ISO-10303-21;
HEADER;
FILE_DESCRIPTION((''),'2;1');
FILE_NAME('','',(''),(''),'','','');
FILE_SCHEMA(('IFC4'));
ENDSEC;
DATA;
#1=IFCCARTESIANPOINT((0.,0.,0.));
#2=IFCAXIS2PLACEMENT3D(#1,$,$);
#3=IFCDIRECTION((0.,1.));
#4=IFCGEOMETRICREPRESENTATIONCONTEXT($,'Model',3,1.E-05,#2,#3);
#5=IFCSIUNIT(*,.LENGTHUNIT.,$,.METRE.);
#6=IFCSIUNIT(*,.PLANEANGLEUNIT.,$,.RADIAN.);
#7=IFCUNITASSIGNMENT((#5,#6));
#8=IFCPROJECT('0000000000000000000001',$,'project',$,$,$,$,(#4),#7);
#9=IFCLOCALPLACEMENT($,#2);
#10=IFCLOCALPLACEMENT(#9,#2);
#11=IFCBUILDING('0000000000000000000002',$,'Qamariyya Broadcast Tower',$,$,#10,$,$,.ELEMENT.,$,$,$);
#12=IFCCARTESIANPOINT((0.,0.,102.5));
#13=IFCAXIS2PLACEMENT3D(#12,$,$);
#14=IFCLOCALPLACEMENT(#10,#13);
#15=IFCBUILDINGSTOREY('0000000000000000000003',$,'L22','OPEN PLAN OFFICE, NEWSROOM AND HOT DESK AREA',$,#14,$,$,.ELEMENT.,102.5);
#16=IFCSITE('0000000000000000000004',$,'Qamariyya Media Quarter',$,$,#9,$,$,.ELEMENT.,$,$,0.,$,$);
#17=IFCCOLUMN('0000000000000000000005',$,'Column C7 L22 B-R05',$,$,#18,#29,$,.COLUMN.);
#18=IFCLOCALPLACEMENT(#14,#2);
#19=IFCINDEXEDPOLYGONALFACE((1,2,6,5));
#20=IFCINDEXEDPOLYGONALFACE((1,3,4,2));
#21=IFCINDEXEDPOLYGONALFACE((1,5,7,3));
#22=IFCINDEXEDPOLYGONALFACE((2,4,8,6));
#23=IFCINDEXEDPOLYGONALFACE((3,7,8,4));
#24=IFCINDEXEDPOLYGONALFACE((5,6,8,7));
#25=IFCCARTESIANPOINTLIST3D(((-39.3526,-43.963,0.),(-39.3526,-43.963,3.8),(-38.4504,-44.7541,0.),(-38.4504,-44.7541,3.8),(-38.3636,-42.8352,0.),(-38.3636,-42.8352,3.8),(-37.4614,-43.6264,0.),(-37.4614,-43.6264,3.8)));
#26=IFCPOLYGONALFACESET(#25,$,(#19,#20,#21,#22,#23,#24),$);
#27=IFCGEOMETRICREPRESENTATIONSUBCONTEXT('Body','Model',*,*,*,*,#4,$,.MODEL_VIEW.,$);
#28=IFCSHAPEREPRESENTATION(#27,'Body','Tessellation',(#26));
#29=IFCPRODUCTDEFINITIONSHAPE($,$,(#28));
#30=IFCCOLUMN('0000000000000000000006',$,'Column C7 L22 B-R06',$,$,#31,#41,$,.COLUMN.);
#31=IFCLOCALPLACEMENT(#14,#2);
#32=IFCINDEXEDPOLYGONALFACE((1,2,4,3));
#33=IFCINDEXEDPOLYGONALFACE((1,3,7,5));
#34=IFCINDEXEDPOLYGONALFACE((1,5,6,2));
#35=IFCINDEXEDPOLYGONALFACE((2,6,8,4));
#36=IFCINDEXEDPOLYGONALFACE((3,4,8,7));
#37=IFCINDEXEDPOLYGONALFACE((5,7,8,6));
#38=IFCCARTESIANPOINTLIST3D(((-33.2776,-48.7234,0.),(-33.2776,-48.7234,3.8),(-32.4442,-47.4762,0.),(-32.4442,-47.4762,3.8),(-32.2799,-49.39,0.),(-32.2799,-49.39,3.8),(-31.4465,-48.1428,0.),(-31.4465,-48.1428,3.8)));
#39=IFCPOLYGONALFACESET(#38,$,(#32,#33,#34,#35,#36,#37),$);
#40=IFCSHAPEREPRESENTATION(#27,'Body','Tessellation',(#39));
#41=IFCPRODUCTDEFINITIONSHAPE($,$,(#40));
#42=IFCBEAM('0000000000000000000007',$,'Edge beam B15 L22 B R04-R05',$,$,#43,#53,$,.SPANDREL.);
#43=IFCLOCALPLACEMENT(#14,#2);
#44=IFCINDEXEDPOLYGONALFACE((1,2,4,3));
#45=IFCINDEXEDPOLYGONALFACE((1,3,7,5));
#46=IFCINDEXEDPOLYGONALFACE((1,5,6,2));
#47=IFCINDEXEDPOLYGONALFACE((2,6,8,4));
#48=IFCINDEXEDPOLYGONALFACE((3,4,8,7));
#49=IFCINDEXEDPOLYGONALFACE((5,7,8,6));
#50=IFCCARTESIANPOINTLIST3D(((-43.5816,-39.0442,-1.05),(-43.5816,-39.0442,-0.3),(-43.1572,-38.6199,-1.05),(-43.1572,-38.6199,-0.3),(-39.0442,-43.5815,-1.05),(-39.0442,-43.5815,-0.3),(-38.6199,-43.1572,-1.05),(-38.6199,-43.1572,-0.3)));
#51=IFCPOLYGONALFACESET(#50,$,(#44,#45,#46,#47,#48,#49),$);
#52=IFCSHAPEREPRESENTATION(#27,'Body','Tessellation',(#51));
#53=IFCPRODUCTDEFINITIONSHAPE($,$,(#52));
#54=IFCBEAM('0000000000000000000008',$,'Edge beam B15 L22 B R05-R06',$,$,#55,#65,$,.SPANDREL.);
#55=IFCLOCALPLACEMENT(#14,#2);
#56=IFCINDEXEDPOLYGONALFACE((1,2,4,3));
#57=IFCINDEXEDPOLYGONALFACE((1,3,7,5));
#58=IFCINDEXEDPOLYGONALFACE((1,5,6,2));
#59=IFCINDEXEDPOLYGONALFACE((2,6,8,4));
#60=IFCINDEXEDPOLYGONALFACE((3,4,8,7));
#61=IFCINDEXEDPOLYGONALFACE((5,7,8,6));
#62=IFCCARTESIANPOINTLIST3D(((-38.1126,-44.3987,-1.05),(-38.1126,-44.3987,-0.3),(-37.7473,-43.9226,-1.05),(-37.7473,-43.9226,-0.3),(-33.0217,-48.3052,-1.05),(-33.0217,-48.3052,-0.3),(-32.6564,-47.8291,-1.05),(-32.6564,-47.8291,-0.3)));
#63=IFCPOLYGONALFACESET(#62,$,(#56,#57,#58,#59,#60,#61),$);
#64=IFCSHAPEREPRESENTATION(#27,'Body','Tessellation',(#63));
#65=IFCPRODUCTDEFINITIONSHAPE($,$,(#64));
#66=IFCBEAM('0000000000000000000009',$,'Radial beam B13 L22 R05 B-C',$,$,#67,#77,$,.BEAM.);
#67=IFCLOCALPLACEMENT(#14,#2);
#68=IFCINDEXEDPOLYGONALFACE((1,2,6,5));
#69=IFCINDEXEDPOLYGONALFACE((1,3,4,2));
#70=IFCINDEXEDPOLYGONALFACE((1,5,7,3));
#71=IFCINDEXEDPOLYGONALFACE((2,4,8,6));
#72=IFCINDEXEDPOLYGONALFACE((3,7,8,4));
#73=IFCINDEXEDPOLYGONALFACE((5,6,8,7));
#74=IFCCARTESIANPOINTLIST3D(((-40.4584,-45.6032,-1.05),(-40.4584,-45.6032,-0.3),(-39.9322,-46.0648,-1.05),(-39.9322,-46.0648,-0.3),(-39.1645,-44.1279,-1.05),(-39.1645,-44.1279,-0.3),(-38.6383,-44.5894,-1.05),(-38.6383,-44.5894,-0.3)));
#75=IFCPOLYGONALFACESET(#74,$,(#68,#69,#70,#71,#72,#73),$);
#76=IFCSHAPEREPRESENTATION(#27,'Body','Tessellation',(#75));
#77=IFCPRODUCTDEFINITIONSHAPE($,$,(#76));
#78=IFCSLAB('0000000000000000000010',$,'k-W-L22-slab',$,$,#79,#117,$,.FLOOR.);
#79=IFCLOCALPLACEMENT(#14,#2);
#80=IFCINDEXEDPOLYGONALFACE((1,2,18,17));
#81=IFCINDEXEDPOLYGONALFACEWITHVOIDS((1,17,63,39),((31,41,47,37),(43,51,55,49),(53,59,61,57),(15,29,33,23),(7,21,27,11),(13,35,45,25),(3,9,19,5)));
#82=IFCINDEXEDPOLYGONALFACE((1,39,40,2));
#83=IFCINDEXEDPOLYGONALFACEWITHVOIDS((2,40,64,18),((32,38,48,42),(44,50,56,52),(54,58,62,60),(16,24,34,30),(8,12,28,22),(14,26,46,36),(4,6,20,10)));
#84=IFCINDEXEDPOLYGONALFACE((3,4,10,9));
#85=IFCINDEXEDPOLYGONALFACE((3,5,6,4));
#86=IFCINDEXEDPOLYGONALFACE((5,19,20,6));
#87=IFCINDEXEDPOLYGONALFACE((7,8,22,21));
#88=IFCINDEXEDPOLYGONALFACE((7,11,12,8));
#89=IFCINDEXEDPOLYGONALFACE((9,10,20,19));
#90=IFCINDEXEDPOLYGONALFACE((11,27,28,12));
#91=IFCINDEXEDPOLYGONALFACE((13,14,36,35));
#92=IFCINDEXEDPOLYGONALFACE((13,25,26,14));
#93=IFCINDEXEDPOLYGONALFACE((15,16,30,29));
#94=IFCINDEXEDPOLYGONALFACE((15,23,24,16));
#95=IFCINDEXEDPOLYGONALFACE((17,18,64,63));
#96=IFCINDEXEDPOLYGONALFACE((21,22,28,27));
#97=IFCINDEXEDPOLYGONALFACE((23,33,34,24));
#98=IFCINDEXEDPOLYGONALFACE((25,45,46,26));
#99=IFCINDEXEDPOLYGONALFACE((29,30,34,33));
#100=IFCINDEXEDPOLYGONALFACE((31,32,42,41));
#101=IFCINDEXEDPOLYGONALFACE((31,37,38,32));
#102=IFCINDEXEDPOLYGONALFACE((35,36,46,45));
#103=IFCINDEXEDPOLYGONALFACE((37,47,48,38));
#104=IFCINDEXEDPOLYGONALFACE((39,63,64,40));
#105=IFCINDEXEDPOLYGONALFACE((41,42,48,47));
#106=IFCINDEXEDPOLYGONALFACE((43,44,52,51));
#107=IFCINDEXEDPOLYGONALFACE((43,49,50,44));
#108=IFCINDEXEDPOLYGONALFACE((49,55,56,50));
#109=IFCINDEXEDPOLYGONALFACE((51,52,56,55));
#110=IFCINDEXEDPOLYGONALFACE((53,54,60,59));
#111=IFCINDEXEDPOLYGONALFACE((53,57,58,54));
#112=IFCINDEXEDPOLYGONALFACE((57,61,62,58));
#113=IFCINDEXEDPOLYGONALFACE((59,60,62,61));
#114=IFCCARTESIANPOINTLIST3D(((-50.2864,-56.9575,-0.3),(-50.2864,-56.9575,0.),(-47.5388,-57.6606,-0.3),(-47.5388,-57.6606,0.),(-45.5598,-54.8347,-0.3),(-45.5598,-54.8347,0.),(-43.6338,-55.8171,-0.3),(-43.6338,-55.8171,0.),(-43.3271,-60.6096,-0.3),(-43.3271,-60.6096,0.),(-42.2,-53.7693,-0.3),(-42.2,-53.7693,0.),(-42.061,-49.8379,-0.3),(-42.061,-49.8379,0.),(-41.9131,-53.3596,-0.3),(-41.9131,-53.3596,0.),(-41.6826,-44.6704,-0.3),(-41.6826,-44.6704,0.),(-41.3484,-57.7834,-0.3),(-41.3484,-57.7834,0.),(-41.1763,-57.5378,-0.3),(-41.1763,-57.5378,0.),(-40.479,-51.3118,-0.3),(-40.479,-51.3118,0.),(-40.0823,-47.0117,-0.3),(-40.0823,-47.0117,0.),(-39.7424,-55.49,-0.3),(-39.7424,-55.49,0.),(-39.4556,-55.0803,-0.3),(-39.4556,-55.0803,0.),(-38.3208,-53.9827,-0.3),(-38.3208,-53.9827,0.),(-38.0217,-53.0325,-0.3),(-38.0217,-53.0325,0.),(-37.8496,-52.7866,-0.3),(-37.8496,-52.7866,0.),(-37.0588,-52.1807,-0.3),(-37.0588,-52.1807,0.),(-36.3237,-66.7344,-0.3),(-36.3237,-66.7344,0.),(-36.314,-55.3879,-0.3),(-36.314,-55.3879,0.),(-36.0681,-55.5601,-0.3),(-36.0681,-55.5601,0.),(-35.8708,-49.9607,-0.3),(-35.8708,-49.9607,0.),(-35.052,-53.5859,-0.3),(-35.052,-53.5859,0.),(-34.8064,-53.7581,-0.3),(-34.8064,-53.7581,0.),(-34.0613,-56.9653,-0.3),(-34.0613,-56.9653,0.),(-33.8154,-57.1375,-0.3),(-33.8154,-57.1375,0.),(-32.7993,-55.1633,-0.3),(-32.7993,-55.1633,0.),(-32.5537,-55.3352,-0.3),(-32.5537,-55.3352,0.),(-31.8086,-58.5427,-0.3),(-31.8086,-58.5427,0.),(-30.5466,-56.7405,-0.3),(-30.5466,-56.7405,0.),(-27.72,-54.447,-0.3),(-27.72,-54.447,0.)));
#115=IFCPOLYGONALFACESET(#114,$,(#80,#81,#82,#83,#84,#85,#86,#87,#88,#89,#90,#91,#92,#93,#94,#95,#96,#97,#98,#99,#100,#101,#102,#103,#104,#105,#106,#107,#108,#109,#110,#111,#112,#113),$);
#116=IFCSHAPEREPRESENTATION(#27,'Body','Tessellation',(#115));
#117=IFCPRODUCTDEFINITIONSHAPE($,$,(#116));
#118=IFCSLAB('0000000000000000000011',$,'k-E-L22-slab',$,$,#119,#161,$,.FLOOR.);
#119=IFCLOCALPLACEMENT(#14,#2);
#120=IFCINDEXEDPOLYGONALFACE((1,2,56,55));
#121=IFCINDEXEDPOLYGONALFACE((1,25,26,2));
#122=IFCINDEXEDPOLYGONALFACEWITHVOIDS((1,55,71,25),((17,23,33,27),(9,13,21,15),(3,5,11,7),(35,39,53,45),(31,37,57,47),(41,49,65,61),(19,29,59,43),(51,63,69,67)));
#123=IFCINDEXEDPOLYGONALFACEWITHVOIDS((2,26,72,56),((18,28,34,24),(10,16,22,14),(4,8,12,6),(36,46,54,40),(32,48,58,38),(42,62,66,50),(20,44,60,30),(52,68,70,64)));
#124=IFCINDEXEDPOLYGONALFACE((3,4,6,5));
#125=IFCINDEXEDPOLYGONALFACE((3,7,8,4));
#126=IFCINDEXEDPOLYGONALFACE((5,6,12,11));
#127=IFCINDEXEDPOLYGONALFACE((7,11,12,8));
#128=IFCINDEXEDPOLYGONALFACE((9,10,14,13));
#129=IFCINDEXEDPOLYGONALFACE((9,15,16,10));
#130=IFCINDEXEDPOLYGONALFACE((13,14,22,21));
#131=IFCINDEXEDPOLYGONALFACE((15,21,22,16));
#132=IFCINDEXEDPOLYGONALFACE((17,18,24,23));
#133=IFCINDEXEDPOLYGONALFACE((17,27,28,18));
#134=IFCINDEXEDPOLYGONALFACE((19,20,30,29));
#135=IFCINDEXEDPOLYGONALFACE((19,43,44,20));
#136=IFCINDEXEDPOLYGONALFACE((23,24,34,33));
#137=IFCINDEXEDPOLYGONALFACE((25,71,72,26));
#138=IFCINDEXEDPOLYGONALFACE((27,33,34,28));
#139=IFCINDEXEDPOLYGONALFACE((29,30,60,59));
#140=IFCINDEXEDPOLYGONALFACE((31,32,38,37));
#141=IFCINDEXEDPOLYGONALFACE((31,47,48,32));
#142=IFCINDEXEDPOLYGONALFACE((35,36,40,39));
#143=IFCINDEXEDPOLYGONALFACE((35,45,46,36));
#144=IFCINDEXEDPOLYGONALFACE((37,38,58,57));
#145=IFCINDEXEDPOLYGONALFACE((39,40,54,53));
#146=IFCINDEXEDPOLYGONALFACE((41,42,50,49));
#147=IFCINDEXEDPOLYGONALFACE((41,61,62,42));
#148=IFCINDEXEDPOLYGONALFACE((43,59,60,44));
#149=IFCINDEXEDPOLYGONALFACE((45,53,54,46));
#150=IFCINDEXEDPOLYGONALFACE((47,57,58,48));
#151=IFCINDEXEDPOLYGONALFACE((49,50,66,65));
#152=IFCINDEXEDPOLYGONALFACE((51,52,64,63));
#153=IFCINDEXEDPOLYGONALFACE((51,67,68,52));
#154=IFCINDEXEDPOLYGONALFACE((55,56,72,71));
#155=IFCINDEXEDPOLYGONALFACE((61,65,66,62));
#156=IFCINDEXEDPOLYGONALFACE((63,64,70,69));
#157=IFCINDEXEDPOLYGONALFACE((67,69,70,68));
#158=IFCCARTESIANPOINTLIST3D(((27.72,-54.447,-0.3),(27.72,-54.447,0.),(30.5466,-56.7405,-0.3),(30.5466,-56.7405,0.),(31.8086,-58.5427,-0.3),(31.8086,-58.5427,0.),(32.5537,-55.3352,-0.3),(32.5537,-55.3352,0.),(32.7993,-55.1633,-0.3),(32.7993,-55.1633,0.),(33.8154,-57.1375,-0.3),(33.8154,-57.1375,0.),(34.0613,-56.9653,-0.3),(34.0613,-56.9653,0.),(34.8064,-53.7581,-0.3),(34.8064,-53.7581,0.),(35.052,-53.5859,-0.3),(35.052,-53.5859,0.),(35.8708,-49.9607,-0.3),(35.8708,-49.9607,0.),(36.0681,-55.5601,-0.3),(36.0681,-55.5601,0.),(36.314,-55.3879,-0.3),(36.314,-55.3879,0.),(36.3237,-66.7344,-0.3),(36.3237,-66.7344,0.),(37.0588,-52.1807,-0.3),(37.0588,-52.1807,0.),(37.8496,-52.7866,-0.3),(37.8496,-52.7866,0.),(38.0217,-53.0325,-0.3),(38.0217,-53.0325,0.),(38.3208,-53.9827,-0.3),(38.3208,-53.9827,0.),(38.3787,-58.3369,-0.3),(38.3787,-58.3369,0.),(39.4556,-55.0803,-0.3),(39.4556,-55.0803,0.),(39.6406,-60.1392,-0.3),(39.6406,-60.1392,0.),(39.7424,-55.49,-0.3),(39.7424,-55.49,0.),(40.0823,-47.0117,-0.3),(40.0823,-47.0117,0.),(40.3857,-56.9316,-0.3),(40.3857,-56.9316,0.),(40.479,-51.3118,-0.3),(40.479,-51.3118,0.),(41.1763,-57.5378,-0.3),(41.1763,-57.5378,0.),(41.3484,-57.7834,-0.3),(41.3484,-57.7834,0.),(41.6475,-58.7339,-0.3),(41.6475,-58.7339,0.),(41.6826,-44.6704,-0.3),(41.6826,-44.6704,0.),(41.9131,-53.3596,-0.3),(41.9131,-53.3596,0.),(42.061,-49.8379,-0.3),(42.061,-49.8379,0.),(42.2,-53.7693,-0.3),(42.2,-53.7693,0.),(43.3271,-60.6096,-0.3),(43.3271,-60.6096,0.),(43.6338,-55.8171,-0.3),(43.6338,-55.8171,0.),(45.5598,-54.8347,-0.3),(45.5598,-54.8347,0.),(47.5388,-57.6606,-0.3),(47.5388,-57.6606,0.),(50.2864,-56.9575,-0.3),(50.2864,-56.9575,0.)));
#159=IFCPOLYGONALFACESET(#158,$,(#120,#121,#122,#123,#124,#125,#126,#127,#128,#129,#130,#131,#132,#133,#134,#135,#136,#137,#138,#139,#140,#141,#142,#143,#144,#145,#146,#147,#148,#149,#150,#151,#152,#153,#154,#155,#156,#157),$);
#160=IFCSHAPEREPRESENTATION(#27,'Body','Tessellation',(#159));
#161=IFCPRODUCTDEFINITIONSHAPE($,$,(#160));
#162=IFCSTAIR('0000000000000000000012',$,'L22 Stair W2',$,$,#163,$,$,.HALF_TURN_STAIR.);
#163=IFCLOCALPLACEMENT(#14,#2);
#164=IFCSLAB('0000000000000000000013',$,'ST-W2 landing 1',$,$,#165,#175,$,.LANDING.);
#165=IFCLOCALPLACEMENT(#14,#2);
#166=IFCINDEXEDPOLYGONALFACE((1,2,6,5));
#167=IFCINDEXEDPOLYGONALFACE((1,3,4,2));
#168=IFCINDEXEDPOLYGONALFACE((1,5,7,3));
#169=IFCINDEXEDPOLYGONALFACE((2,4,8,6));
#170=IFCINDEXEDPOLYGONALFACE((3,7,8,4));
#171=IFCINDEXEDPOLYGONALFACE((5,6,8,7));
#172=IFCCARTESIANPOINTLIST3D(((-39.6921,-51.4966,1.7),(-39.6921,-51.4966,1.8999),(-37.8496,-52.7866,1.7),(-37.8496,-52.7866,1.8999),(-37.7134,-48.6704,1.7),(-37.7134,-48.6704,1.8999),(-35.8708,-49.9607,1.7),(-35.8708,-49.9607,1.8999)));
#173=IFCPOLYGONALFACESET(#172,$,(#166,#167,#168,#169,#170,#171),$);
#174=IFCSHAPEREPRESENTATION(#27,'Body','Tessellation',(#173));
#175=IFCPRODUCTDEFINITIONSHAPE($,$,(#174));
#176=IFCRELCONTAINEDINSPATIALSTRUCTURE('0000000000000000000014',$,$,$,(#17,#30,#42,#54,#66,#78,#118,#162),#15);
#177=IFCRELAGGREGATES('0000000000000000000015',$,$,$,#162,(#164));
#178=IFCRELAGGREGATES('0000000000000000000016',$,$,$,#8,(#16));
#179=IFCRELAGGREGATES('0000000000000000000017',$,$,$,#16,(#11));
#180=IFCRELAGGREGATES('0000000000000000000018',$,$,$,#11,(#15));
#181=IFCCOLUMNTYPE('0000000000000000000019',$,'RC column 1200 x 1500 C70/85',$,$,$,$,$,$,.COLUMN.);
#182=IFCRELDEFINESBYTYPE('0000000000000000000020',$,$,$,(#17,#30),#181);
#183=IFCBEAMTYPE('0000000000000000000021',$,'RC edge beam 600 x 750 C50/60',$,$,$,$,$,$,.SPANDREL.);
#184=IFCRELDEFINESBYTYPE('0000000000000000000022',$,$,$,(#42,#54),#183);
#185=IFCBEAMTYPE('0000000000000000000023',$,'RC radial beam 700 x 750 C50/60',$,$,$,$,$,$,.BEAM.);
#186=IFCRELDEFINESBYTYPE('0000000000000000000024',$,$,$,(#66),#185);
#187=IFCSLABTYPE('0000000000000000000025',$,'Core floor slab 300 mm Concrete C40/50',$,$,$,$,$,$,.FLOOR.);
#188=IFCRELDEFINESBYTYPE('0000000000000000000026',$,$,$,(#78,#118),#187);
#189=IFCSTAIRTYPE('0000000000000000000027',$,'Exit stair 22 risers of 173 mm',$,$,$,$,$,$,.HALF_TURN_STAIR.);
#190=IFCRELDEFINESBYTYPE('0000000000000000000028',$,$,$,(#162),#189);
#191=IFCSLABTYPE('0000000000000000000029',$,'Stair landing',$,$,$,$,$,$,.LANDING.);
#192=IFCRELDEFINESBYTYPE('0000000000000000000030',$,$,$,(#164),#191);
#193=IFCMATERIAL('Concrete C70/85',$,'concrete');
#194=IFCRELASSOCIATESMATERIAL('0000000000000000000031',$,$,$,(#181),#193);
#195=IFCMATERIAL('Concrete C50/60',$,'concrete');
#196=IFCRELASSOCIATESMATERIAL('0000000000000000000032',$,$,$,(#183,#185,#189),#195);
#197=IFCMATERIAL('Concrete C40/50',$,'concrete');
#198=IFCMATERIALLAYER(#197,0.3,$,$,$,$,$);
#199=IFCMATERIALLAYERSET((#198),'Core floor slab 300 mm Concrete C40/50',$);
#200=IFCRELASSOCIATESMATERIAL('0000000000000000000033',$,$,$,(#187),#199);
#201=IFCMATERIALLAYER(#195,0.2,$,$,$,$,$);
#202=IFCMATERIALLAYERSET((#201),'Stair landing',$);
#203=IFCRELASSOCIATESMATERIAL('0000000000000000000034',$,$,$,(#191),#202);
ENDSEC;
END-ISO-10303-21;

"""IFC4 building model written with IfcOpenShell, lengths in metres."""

from ifc_helpers import new_model, si_unit, direction, frame, origin, origin_2d, place, context, subcontext, project, spatial, polyline, rectangle, outline, extrude, material, layer, layer_set, material_profile, profile_set, type_object, element, aggregate, save


model = new_model("IFC4")

# Units and contexts
model_context = context("Model", 3, precision=1e-05, world=origin(), true_north=direction((0.0, 1.0)))
body_context = subcontext(model_context, "Body", "Model", "MODEL_VIEW")
ifc_project = project(units=[si_unit("LENGTHUNIT", "METRE"), si_unit("PLANEANGLEUNIT", "RADIAN")], contexts=[model_context])

# Site, building, storey
site_placement = place(None, origin())
site = spatial("IfcSite", under=ifc_project, at=site_placement, Name="Qamariyya Media Quarter", CompositionType="ELEMENT", RefElevation=0.0)
building_placement = place(site_placement, origin())
building = spatial("IfcBuilding", under=site, at=building_placement, Name="Qamariyya Broadcast Tower", CompositionType="ELEMENT")
storey_placement = place(building_placement, frame((0.0, 0.0, 102.5)))
storey = spatial("IfcBuildingStorey", under=building, at=storey_placement, Name="L22", Description="OPEN PLAN OFFICE, NEWSROOM AND HOT DESK AREA", CompositionType="ELEMENT", Elevation=102.5)

# Columns
ifc_material_1 = material(Name="Concrete C70/85", Category="concrete")
ifc_material_profile_1 = material_profile(ifc_material_1, rectangle(XDim=1.2, YDim=1.5, at=origin_2d()))
ifc_profile_set_1 = profile_set([ifc_material_profile_1], Name="Concrete C70/85")
column_type = type_object("IfcColumnType", Name="RC column 1200 x 1500 C70/85", PredefinedType="COLUMN", material=ifc_profile_set_1)
for number, where, z_axis, x_axis, name in (
    (1, (-38.407, -43.7947, 0.0), (0.0, 0.0, 1.0), (0.75184, -0.659346, 0.0), "Column C7 L22 B-R05"),
    (2, (-32.3621, -48.4331, 0.0), (0.0, 0.0, 1.0), (0.83147, -0.55557, 0.0), "Column C7 L22 B-R06"),
):
    element("IfcColumn", number, at=place(storey_placement, frame(where, z_axis=z_axis, x_axis=x_axis)), inside=storey, type_object=column_type, Name=name, PredefinedType="COLUMN", context=body_context, shape_type="SweptSolid", body=[
        extrude(rectangle(XDim=1.2, YDim=1.5, at=origin_2d()), origin(), (0.0, 0.0, 1.0), 3.8),
    ])

# Beams
ifc_material_2 = material(Name="Concrete C50/60", Category="concrete")
ifc_material_profile_2 = material_profile(ifc_material_2, rectangle(XDim=0.6001, YDim=0.75, at=origin_2d()))
ifc_profile_set_2 = profile_set([ifc_material_profile_2], Name="Concrete C50/60")
beam_type_1 = type_object("IfcBeamType", Name="RC edge beam 600 x 750 C50/60", PredefinedType="SPANDREL", material=ifc_profile_set_2)
beam_1_placement = place(storey_placement, frame((-43.3694, -38.832, -0.675), z_axis=(0.707107, -0.707107, 0.0), x_axis=(0.707107, 0.707107, 0.0)))
element("IfcBeam", 3, at=beam_1_placement, inside=storey, type_object=beam_type_1, Name="Edge beam B15 L22 B R04-R05", PredefinedType="SPANDREL", context=body_context, shape_type="SweptSolid", body=[
    extrude(rectangle(XDim=0.6001, YDim=0.75, at=origin_2d()), origin(), (0.0, 0.0, 1.0), 6.4167),
])
beam_2_placement = place(storey_placement, frame((-37.9299, -44.1606, -0.675), z_axis=(0.793341, -0.608778, 0.0), x_axis=(0.608778, 0.793341, 0.0)))
element("IfcBeam", 4, at=beam_2_placement, inside=storey, type_object=beam_type_1, Name="Edge beam B15 L22 B R05-R06", PredefinedType="SPANDREL", context=body_context, shape_type="SweptSolid", body=[
    extrude(rectangle(XDim=0.6001, YDim=0.75, at=origin_2d()), origin(), (0.0, 0.0, 1.0), 6.417),
])
ifc_material_profile_3 = material_profile(ifc_material_2, rectangle(XDim=0.7, YDim=0.75, at=origin_2d()))
ifc_profile_set_3 = profile_set([ifc_material_profile_3], Name="Concrete C50/60")
beam_type_2 = type_object("IfcBeamType", Name="RC radial beam 700 x 750 C50/60", PredefinedType="BEAM", material=ifc_profile_set_3)
beam_3_placement = place(storey_placement, frame((-38.9014, -44.3586, -0.675), z_axis=(-0.659376, -0.751813, 0.0), x_axis=(0.751813, -0.659376, 0.0)))
element("IfcBeam", 5, at=beam_3_placement, inside=storey, type_object=beam_type_2, Name="Radial beam B13 L22 R05 B-C", PredefinedType="BEAM", context=body_context, shape_type="SweptSolid", body=[
    extrude(rectangle(XDim=0.7, YDim=0.75, at=origin_2d()), origin(), (0.0, 0.0, 1.0), 1.9624),
])

# Slabs
ifc_material_3 = material(Name="Concrete C40/50", Category="concrete")
ifc_layer_1 = layer(ifc_material_3, 0.3)
ifc_layer_set_1 = layer_set([ifc_layer_1], Name="Core floor slab 300 mm Concrete C40/50")
slab_type_1 = type_object("IfcSlabType", Name="Core floor slab 300 mm Concrete C40/50", PredefinedType="FLOOR", material=ifc_layer_set_1)
slab_1_placement = place(storey_placement, frame((0.0, 0.0, -0.3)))
element("IfcSlab", 6, at=slab_1_placement, inside=storey, type_object=slab_type_1, Name="k-W-L22-slab", PredefinedType="FLOOR", context=body_context, shape_type="SweptSolid", body=[
    extrude(outline(polyline([(-50.2864, -56.9575), (-36.3237, -66.7344), (-27.72, -54.447), (-41.6826, -44.6704), (-50.2864, -56.9575)]), holes=[polyline([(-31.8086, -58.5427), (-33.8154, -57.1375), (-32.5537, -55.3352), (-30.5466, -56.7405), (-31.8086, -58.5427)]), polyline([(-34.0613, -56.9653), (-36.0681, -55.5601), (-34.8064, -53.7581), (-32.7993, -55.1633), (-34.0613, -56.9653)]), polyline([(-36.314, -55.3879), (-38.3208, -53.9827), (-37.0588, -52.1807), (-35.052, -53.5859), (-36.314, -55.3879)]), polyline([(-39.7424, -55.49), (-42.2, -53.7693), (-43.6338, -55.8171), (-41.1763, -57.5378), (-39.7424, -55.49)]), polyline([(-39.4556, -55.0803), (-41.9131, -53.3596), (-40.479, -51.3118), (-38.0217, -53.0325), (-39.4556, -55.0803)]), polyline([(-42.061, -49.8379), (-37.8496, -52.7866), (-35.8708, -49.9607), (-40.0823, -47.0117), (-42.061, -49.8379)]), polyline([(-47.5388, -57.6606), (-43.3271, -60.6096), (-41.3484, -57.7834), (-45.5598, -54.8347), (-47.5388, -57.6606)])]), origin(), (0.0, 0.0, 1.0), 0.3),
])
slab_2_placement = place(storey_placement, frame((0.0, 0.0, -0.3)))
element("IfcSlab", 7, at=slab_2_placement, inside=storey, type_object=slab_type_1, Name="k-E-L22-slab", PredefinedType="FLOOR", context=body_context, shape_type="SweptSolid", body=[
    extrude(outline(polyline([(36.3237, -66.7344), (50.2864, -56.9575), (41.6826, -44.6704), (27.72, -54.447), (36.3237, -66.7344)]), holes=[polyline([(31.8086, -58.5427), (33.8154, -57.1375), (32.5537, -55.3352), (30.5466, -56.7405), (31.8086, -58.5427)]), polyline([(34.0613, -56.9653), (36.0681, -55.5601), (34.8064, -53.7581), (32.7993, -55.1633), (34.0613, -56.9653)]), polyline([(36.314, -55.3879), (38.3208, -53.9827), (37.0588, -52.1807), (35.052, -53.5859), (36.314, -55.3879)]), polyline([(38.3787, -58.3369), (40.3857, -56.9316), (41.6475, -58.7339), (39.6406, -60.1392), (38.3787, -58.3369)]), polyline([(39.7424, -55.49), (42.2, -53.7693), (43.6338, -55.8171), (41.1763, -57.5378), (39.7424, -55.49)]), polyline([(39.4556, -55.0803), (41.9131, -53.3596), (40.479, -51.3118), (38.0217, -53.0325), (39.4556, -55.0803)]), polyline([(40.0823, -47.0117), (35.8708, -49.9607), (37.8496, -52.7866), (42.061, -49.8379), (40.0823, -47.0117)]), polyline([(45.5598, -54.8347), (41.3484, -57.7834), (43.3271, -60.6096), (47.5388, -57.6606), (45.5598, -54.8347)])]), origin(), (0.0, 0.0, 1.0), 0.3),
])

# Stair, slab
stair_type = type_object("IfcStairType", Name="Exit stair 22 risers of 173 mm", PredefinedType="HALF_TURN_STAIR", material=ifc_material_2)
stair_1_placement = place(storey_placement, origin())
stair_1 = element("IfcStair", 8, at=stair_1_placement, inside=storey, type_object=stair_type, Name="L22 Stair W2", PredefinedType="HALF_TURN_STAIR")
ifc_layer_2 = layer(ifc_material_2, 0.2)
ifc_layer_set_2 = layer_set([ifc_layer_2], Name="Stair landing")
slab_type_2 = type_object("IfcSlabType", Name="Stair landing", PredefinedType="LANDING", material=ifc_layer_set_2)
slab_3_placement = place(storey_placement, frame((0.0, 0.0, 1.7)))
slab_3 = element("IfcSlab", 9, at=slab_3_placement, type_object=slab_type_2, Name="ST-W2 landing 1", PredefinedType="LANDING", context=body_context, shape_type="SweptSolid", body=[
    extrude(outline(polyline([(-39.6921, -51.4966), (-37.8496, -52.7866), (-35.8708, -49.9607), (-37.7134, -48.6704), (-39.6921, -51.4966)])), origin(), (0.0, 0.0, 1.0), 0.2),
])
aggregate(stair_1, [slab_3])

save(model, "model.ifc")
